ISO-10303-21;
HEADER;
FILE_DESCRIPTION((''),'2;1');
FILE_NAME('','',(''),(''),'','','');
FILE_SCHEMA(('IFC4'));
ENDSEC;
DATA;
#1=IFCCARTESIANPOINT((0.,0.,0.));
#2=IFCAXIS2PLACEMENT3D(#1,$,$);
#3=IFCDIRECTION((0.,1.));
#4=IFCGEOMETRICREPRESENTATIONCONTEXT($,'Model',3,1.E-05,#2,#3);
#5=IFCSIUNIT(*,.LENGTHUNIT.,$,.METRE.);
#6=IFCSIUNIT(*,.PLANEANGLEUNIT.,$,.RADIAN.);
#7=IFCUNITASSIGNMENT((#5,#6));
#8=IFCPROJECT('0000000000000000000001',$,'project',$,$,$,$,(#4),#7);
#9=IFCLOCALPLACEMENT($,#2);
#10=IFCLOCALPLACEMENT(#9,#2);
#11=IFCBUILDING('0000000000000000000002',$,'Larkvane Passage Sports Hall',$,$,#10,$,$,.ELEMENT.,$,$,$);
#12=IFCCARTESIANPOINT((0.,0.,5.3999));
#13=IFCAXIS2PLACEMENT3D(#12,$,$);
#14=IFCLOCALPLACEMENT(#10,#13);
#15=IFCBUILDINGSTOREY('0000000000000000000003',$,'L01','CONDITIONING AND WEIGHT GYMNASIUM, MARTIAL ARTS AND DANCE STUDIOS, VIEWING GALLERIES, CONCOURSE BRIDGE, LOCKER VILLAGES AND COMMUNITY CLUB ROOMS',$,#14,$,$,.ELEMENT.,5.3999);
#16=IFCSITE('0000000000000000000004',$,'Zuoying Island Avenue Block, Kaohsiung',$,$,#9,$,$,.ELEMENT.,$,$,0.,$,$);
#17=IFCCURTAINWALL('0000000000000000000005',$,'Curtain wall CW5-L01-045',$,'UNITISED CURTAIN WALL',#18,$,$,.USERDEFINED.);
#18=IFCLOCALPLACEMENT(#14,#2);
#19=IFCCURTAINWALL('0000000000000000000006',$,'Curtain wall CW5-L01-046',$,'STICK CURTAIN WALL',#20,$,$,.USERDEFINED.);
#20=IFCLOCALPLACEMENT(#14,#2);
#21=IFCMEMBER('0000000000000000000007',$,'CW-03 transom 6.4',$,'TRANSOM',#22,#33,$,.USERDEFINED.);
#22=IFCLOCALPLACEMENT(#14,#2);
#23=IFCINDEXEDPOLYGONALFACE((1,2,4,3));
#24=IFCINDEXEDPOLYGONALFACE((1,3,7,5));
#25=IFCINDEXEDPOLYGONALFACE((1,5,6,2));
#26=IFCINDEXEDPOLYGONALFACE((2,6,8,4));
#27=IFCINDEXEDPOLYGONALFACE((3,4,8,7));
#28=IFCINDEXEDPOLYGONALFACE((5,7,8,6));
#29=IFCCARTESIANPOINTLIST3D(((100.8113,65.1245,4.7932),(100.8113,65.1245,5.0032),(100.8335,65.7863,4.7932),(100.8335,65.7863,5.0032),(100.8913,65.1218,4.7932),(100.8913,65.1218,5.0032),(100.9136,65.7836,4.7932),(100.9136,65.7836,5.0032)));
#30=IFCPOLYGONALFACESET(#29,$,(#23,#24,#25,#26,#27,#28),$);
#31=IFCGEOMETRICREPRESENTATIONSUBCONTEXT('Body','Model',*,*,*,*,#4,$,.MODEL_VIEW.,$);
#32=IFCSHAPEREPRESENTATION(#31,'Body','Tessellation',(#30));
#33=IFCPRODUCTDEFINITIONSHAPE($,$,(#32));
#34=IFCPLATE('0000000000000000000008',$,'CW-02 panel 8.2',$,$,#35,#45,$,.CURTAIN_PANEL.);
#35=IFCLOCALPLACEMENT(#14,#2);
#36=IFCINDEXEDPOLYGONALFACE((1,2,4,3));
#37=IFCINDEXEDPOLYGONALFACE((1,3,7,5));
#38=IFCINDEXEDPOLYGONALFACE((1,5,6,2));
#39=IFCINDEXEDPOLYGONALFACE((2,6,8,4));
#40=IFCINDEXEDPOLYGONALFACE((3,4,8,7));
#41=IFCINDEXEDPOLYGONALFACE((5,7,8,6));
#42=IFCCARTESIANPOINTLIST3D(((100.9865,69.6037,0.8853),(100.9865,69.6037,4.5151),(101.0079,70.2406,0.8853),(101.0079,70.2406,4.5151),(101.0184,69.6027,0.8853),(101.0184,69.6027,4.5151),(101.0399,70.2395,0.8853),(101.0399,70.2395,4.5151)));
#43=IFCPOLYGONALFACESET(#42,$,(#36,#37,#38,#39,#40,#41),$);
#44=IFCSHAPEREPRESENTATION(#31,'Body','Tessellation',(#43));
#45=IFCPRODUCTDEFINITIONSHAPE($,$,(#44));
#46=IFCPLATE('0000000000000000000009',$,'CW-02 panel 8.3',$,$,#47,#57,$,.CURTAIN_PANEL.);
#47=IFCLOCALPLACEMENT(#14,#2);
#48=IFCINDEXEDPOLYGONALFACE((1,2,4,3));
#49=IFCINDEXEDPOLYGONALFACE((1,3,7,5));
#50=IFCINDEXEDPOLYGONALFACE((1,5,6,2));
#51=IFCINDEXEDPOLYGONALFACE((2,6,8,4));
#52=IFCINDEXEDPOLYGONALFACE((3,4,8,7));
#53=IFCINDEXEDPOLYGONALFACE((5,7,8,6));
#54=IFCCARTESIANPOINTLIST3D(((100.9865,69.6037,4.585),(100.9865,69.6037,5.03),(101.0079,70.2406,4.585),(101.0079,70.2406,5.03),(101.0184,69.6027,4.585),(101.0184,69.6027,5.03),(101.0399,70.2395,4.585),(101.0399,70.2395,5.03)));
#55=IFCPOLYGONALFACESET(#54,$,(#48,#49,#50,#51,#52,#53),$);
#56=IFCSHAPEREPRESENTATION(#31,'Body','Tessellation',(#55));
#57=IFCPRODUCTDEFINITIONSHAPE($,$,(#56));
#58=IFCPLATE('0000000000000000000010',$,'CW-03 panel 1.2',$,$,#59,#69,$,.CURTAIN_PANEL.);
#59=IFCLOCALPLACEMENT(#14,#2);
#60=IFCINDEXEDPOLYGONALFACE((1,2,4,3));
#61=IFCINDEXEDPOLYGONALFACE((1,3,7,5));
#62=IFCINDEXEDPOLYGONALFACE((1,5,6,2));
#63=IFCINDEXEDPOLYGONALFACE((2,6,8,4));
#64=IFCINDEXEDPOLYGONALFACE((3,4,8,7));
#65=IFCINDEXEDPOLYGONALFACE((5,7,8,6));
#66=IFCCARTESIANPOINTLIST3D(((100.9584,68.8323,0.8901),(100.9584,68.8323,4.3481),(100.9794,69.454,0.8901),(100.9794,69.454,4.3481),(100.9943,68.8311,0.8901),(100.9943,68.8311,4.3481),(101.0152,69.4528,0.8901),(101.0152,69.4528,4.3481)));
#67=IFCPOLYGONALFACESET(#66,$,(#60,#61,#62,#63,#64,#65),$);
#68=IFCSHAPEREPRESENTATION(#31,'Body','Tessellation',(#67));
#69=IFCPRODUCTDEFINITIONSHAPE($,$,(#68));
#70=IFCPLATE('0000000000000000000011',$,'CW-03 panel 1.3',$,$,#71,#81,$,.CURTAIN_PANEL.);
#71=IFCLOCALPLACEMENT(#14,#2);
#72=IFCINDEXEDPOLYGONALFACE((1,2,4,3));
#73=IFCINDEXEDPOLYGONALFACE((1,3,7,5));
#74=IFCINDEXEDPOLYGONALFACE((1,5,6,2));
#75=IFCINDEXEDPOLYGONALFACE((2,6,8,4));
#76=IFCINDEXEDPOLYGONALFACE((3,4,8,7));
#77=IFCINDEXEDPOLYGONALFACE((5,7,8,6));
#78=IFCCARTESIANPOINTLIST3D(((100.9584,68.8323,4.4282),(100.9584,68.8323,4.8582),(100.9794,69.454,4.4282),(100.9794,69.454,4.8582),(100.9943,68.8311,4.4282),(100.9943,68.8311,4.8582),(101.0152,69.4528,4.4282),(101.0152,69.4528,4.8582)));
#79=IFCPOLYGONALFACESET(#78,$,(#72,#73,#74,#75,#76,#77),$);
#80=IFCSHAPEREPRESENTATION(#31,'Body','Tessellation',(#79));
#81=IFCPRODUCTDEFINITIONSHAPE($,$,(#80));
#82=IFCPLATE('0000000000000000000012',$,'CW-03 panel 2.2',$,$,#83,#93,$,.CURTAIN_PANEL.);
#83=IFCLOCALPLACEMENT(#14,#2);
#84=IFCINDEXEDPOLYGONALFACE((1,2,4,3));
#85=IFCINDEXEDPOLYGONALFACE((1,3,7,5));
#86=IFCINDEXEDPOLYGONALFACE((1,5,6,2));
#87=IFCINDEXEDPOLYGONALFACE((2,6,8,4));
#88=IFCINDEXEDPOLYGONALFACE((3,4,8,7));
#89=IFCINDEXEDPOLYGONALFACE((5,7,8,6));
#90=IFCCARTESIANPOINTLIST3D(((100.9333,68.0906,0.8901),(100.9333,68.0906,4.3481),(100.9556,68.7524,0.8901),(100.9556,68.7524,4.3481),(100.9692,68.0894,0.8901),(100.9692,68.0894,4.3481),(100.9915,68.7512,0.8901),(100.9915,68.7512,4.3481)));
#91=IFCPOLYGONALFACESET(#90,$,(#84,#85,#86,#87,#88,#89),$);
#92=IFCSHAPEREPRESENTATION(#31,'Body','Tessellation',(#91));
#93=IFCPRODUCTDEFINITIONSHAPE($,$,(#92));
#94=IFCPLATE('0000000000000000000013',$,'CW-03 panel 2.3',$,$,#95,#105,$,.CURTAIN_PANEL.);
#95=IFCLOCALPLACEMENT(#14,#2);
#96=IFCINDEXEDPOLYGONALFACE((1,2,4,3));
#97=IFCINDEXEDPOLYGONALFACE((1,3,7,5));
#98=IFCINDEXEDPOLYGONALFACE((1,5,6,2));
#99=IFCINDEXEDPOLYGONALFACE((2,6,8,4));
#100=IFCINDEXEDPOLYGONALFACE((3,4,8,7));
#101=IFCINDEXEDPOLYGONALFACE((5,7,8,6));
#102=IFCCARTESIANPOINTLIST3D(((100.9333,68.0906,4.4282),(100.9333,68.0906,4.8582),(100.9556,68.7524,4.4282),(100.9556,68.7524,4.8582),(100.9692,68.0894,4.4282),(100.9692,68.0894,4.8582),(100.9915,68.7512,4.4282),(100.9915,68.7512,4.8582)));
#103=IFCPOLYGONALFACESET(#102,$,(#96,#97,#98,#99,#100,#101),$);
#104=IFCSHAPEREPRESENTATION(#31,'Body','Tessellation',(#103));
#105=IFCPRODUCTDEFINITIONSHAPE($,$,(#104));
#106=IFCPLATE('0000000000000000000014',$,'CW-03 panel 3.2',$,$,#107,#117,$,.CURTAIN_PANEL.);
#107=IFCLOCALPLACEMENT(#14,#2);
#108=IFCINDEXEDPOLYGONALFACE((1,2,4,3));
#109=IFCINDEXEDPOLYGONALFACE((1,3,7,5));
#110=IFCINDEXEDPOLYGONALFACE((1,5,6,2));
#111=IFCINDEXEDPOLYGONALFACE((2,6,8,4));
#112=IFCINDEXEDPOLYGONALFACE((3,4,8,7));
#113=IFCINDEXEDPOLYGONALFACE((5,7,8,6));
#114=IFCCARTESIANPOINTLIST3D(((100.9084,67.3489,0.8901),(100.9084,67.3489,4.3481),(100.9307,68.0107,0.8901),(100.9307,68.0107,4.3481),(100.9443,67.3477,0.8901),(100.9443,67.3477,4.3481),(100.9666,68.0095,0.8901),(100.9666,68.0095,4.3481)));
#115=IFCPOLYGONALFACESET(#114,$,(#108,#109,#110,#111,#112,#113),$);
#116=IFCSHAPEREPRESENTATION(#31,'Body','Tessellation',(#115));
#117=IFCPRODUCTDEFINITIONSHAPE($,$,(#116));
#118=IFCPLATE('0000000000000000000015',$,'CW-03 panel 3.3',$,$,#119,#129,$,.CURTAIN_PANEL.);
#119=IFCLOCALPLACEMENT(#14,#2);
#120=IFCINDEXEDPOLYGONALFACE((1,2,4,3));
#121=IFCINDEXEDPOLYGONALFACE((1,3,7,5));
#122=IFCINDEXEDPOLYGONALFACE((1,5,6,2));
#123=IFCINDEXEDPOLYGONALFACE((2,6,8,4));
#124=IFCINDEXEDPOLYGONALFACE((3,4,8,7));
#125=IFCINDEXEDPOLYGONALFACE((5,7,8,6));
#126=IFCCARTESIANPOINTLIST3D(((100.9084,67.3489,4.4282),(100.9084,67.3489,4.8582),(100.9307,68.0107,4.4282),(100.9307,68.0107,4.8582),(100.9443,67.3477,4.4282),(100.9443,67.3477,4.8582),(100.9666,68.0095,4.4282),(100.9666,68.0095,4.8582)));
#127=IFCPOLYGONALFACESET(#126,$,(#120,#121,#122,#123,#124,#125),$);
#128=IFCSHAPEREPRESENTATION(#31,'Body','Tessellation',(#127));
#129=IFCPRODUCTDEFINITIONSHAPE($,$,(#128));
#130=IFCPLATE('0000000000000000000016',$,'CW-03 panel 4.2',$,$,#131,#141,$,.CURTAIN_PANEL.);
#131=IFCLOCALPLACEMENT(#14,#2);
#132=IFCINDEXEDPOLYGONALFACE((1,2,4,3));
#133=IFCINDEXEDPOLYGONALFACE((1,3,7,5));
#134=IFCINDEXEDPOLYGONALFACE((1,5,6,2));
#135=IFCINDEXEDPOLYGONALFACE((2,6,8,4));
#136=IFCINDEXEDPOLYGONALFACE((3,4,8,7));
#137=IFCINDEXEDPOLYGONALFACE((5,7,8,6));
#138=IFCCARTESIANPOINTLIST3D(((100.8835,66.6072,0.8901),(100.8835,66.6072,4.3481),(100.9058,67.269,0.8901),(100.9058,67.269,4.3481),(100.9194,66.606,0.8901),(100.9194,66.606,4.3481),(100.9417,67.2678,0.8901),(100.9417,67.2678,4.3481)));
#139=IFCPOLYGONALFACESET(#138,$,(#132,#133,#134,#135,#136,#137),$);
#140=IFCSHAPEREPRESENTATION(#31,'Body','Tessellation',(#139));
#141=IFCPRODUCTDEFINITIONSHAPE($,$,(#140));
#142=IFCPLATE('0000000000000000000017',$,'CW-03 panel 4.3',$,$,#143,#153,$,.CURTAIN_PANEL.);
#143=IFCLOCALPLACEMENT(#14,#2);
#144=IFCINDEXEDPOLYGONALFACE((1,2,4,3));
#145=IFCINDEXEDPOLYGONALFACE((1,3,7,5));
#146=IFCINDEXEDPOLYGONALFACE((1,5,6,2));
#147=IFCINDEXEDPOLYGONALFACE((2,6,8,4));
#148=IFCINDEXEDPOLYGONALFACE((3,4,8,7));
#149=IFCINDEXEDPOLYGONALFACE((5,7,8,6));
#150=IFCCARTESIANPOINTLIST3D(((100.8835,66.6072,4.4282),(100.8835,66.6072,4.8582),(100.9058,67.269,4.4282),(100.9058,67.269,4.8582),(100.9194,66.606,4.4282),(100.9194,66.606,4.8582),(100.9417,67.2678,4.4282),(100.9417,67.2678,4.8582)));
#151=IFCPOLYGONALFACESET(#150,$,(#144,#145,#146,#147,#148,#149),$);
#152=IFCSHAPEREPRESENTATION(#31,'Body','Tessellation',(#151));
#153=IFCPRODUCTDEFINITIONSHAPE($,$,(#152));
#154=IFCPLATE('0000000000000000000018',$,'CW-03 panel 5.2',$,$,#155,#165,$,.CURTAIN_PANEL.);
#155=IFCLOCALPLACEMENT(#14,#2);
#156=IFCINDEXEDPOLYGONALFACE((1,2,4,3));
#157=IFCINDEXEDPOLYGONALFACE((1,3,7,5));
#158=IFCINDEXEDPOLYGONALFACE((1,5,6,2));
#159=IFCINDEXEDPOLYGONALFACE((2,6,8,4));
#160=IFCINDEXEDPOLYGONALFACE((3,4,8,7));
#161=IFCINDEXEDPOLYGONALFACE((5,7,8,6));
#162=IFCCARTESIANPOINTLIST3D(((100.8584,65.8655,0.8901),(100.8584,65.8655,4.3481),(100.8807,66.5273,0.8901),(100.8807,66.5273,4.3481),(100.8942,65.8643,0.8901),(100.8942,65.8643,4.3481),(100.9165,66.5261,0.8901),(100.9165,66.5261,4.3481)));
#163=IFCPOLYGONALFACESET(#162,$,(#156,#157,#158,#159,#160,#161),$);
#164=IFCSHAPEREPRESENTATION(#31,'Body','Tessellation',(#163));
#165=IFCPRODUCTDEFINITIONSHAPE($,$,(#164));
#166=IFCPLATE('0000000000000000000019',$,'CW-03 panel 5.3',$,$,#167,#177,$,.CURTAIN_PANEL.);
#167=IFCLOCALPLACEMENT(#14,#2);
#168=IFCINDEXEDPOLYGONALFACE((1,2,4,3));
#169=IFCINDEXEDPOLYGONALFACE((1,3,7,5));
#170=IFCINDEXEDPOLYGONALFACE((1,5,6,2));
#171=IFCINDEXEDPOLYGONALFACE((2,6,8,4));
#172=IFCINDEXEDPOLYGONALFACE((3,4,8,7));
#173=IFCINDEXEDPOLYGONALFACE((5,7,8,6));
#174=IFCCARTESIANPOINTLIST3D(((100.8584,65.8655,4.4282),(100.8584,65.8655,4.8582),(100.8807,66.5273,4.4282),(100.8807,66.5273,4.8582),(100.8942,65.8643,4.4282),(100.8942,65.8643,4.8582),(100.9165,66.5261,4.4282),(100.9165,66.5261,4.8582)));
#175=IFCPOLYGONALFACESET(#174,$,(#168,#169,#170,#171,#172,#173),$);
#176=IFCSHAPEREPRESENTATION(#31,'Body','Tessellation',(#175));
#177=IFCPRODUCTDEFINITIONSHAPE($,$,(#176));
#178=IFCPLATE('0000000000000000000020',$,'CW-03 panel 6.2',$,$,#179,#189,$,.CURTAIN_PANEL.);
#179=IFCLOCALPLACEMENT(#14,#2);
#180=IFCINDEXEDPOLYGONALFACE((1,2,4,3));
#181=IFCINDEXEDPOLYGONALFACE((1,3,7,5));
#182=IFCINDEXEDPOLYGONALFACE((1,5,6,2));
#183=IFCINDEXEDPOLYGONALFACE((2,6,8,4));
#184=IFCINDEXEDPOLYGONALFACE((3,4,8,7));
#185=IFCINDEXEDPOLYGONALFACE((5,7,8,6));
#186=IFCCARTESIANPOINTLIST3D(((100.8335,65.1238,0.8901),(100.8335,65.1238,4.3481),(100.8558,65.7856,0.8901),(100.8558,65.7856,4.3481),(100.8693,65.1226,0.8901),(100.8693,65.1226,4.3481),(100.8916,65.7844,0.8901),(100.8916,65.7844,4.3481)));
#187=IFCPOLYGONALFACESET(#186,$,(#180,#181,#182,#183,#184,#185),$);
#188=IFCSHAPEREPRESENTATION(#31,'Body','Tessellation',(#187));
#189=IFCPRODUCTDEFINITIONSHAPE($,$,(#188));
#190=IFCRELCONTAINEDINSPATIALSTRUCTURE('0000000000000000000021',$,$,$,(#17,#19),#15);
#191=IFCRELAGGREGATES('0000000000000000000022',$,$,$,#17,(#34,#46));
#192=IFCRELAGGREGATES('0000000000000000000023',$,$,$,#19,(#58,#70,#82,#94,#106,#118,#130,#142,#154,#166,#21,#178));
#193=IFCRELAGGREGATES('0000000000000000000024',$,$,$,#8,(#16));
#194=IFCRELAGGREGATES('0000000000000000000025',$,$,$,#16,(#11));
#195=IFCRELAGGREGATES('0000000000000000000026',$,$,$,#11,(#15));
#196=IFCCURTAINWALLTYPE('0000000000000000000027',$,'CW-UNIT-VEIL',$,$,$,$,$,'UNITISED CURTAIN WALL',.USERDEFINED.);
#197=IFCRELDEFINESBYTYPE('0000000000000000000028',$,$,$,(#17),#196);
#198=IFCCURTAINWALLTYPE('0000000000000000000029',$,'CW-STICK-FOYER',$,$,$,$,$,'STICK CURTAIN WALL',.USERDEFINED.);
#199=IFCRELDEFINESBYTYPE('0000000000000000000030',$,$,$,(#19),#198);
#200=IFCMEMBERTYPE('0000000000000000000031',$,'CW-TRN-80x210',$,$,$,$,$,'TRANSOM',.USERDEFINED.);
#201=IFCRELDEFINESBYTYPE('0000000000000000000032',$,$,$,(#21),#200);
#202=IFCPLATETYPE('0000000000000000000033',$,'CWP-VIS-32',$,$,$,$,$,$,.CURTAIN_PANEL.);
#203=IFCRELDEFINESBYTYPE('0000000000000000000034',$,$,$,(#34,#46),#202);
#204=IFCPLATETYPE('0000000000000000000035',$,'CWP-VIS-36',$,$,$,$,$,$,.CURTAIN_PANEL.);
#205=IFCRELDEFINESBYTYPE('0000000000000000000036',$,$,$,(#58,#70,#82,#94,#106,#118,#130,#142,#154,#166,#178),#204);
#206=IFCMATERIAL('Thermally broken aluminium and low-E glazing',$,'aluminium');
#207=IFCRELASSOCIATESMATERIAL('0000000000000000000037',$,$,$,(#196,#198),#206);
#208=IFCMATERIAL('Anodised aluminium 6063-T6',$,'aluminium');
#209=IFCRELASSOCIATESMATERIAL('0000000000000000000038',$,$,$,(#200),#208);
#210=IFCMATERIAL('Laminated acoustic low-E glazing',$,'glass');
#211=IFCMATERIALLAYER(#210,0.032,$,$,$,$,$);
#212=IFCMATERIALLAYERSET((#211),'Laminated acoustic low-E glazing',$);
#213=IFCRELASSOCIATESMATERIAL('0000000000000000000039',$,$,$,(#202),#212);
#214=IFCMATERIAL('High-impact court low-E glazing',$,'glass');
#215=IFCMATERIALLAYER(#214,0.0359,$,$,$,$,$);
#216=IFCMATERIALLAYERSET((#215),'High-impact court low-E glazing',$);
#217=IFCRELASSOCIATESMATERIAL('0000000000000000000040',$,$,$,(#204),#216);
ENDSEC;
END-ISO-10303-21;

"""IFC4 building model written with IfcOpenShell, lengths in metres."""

from ifc_helpers import new_model, si_unit, direction, frame, origin, origin_2d, place, context, subcontext, project, spatial, rectangle, extrude, material, layer, layer_set, material_profile, profile_set, type_object, element, aggregate, save


model = new_model("IFC4")

# Units and contexts
model_context = context("Model", 3, precision=1e-05, world=origin(), true_north=direction((0.0, 1.0)))
body_context = subcontext(model_context, "Body", "Model", "MODEL_VIEW")
ifc_project = project(units=[si_unit("LENGTHUNIT", "METRE"), si_unit("PLANEANGLEUNIT", "RADIAN")], contexts=[model_context])

# Site, building, storey
site_placement = place(None, origin())
site = spatial("IfcSite", under=ifc_project, at=site_placement, Name="Zuoying Island Avenue Block, Kaohsiung", CompositionType="ELEMENT", RefElevation=0.0)
building_placement = place(site_placement, origin())
building = spatial("IfcBuilding", under=site, at=building_placement, Name="Larkvane Passage Sports Hall", CompositionType="ELEMENT")
storey_placement = place(building_placement, frame((0.0, 0.0, 5.3999)))
storey = spatial("IfcBuildingStorey", under=building, at=storey_placement, Name="L01", Description="CONDITIONING AND WEIGHT GYMNASIUM, MARTIAL ARTS AND DANCE STUDIOS, VIEWING GALLERIES, CONCOURSE BRIDGE, LOCKER VILLAGES AND COMMUNITY CLUB ROOMS", CompositionType="ELEMENT", Elevation=5.3999)

# Curtain walls, member
ifc_material_1 = material(Name="Thermally broken aluminium and low-E glazing", Category="aluminium")
curtain_wall_type_1 = type_object("IfcCurtainWallType", Name="CW-UNIT-VEIL", ElementType="UNITISED CURTAIN WALL", PredefinedType="USERDEFINED", material=ifc_material_1)
curtain_wall_1_placement = place(storey_placement, origin())
curtain_wall_1 = element("IfcCurtainWall", 1, at=curtain_wall_1_placement, inside=storey, type_object=curtain_wall_type_1, Name="Curtain wall CW5-L01-045", ObjectType="UNITISED CURTAIN WALL", PredefinedType="USERDEFINED")
ifc_material_2 = material(Name="Anodised aluminium 6063-T6", Category="aluminium")
curtain_wall_type_2 = type_object("IfcCurtainWallType", Name="CW-STICK-FOYER", ElementType="STICK CURTAIN WALL", PredefinedType="USERDEFINED", material=ifc_material_1)
curtain_wall_2_placement = place(storey_placement, origin())
curtain_wall_2 = element("IfcCurtainWall", 2, at=curtain_wall_2_placement, inside=storey, type_object=curtain_wall_type_2, Name="Curtain wall CW5-L01-046", ObjectType="STICK CURTAIN WALL", PredefinedType="USERDEFINED")
ifc_material_profile_1 = material_profile(ifc_material_2, rectangle(XDim=0.0801, YDim=0.21, at=origin_2d()), Name="ALU-TRN-80x210")
ifc_profile_set_1 = profile_set([ifc_material_profile_1], Name="Anodised aluminium 6063-T6")
member_type_1 = type_object("IfcMemberType", Name="CW-TRN-80x210", ElementType="TRANSOM", PredefinedType="USERDEFINED", material=ifc_profile_set_1)
member_1_placement = place(storey_placement, frame((100.8735, 65.7849, 4.8982), z_axis=(-0.03356, -0.999437, 0.0), x_axis=(0.999437, -0.03356, 0.0)))
member_1 = element("IfcMember", 3, at=member_1_placement, type_object=member_type_1, Name="CW-03 transom 6.4", ObjectType="TRANSOM", PredefinedType="USERDEFINED", context=body_context, shape_type="SweptSolid", body=[
    extrude(rectangle(XDim=0.0801, YDim=0.21, at=origin_2d()), origin(), (0.0, 0.0, 1.0), 0.6621),
])

# Plates
ifc_material_3 = material(Name="Laminated acoustic low-E glazing", Category="glass")
ifc_layer_1 = layer(ifc_material_3, 0.032)
ifc_layer_set_1 = layer_set([ifc_layer_1], Name="Laminated acoustic low-E glazing")
plate_type_1 = type_object("IfcPlateType", Name="CWP-VIS-32", PredefinedType="CURTAIN_PANEL", material=ifc_layer_set_1)
plate_1_placement = place(storey_placement, frame((101.0132, 69.9216, 0.8853), z_axis=(0.0, 0.0, 1.0), x_axis=(-0.033688, -0.999432, 0.0)))
plate_1 = element("IfcPlate", 4, at=plate_1_placement, type_object=plate_type_1, Name="CW-02 panel 8.2", PredefinedType="CURTAIN_PANEL", context=body_context, shape_type="SweptSolid", body=[
    extrude(rectangle(XDim=0.6372, YDim=0.032, at=origin_2d()), origin(), (0.0, 0.0, 1.0), 3.6299),
])
plate_2_placement = place(storey_placement, frame((101.0132, 69.9216, 4.585), z_axis=(0.0, 0.0, 1.0), x_axis=(-0.033688, -0.999432, 0.0)))
plate_2 = element("IfcPlate", 5, at=plate_2_placement, type_object=plate_type_1, Name="CW-02 panel 8.3", PredefinedType="CURTAIN_PANEL", context=body_context, shape_type="SweptSolid", body=[
    extrude(rectangle(XDim=0.6372, YDim=0.032, at=origin_2d()), origin(), (0.0, 0.0, 1.0), 0.4451),
])
aggregate(curtain_wall_1, [plate_1, plate_2])
ifc_material_4 = material(Name="High-impact court low-E glazing", Category="glass")
ifc_layer_2 = layer(ifc_material_4, 0.0359)
ifc_layer_set_2 = layer_set([ifc_layer_2], Name="High-impact court low-E glazing")
plate_type_2 = type_object("IfcPlateType", Name="CWP-VIS-36", PredefinedType="CURTAIN_PANEL", material=ifc_layer_set_2)
plate_3_placement = place(storey_placement, frame((100.9868, 69.1426, 0.8901), z_axis=(0.0, 0.0, 1.0), x_axis=(-0.033689, -0.999432, 0.0)))
plate_3 = element("IfcPlate", 6, at=plate_3_placement, type_object=plate_type_2, Name="CW-03 panel 1.2", PredefinedType="CURTAIN_PANEL", context=body_context, shape_type="SweptSolid", body=[
    extrude(rectangle(XDim=0.6221, YDim=0.0359, at=origin_2d()), origin(), (0.0, 0.0, 1.0), 3.458),
])
plate_4_placement = place(storey_placement, frame((100.9868, 69.1426, 4.4282), z_axis=(0.0, 0.0, 1.0), x_axis=(-0.033689, -0.999432, 0.0)))
plate_4 = element("IfcPlate", 7, at=plate_4_placement, type_object=plate_type_2, Name="CW-03 panel 1.3", PredefinedType="CURTAIN_PANEL", context=body_context, shape_type="SweptSolid", body=[
    extrude(rectangle(XDim=0.6221, YDim=0.0359, at=origin_2d()), origin(), (0.0, 0.0, 1.0), 0.4299),
])
plate_5_placement = place(storey_placement, frame((100.9624, 68.4209, 0.8901), z_axis=(0.0, 0.0, 1.0), x_axis=(-0.033689, -0.999432, 0.0)))
plate_5 = element("IfcPlate", 8, at=plate_5_placement, type_object=plate_type_2, Name="CW-03 panel 2.2", PredefinedType="CURTAIN_PANEL", context=body_context, shape_type="SweptSolid", body=[
    extrude(rectangle(XDim=0.6621, YDim=0.0359, at=origin_2d()), origin(), (0.0, 0.0, 1.0), 3.458),
])
plate_6_placement = place(storey_placement, frame((100.9624, 68.4209, 4.4282), z_axis=(0.0, 0.0, 1.0), x_axis=(-0.033689, -0.999432, 0.0)))
plate_6 = element("IfcPlate", 9, at=plate_6_placement, type_object=plate_type_2, Name="CW-03 panel 2.3", PredefinedType="CURTAIN_PANEL", context=body_context, shape_type="SweptSolid", body=[
    extrude(rectangle(XDim=0.6621, YDim=0.0359, at=origin_2d()), origin(), (0.0, 0.0, 1.0), 0.4299),
])
plate_7_placement = place(storey_placement, frame((100.9375, 67.6792, 0.8901), z_axis=(0.0, 0.0, 1.0), x_axis=(-0.033689, -0.999432, 0.0)))
plate_7 = element("IfcPlate", 10, at=plate_7_placement, type_object=plate_type_2, Name="CW-03 panel 3.2", PredefinedType="CURTAIN_PANEL", context=body_context, shape_type="SweptSolid", body=[
    extrude(rectangle(XDim=0.6621, YDim=0.0359, at=origin_2d()), origin(), (0.0, 0.0, 1.0), 3.458),
])
plate_8_placement = place(storey_placement, frame((100.9375, 67.6792, 4.4282), z_axis=(0.0, 0.0, 1.0), x_axis=(-0.033689, -0.999432, 0.0)))
plate_8 = element("IfcPlate", 11, at=plate_8_placement, type_object=plate_type_2, Name="CW-03 panel 3.3", PredefinedType="CURTAIN_PANEL", context=body_context, shape_type="SweptSolid", body=[
    extrude(rectangle(XDim=0.6621, YDim=0.0359, at=origin_2d()), origin(), (0.0, 0.0, 1.0), 0.4299),
])
plate_9_placement = place(storey_placement, frame((100.9126, 66.9375, 0.8901), z_axis=(0.0, 0.0, 1.0), x_axis=(-0.033689, -0.999432, 0.0)))
plate_9 = element("IfcPlate", 12, at=plate_9_placement, type_object=plate_type_2, Name="CW-03 panel 4.2", PredefinedType="CURTAIN_PANEL", context=body_context, shape_type="SweptSolid", body=[
    extrude(rectangle(XDim=0.6621, YDim=0.0359, at=origin_2d()), origin(), (0.0, 0.0, 1.0), 3.458),
])
plate_10_placement = place(storey_placement, frame((100.9126, 66.9375, 4.4282), z_axis=(0.0, 0.0, 1.0), x_axis=(-0.033689, -0.999432, 0.0)))
plate_10 = element("IfcPlate", 13, at=plate_10_placement, type_object=plate_type_2, Name="CW-03 panel 4.3", PredefinedType="CURTAIN_PANEL", context=body_context, shape_type="SweptSolid", body=[
    extrude(rectangle(XDim=0.6621, YDim=0.0359, at=origin_2d()), origin(), (0.0, 0.0, 1.0), 0.4299),
])
plate_11_placement = place(storey_placement, frame((100.8875, 66.1958, 0.8901), z_axis=(0.0, 0.0, 1.0), x_axis=(-0.033689, -0.999432, 0.0)))
plate_11 = element("IfcPlate", 14, at=plate_11_placement, type_object=plate_type_2, Name="CW-03 panel 5.2", PredefinedType="CURTAIN_PANEL", context=body_context, shape_type="SweptSolid", body=[
    extrude(rectangle(XDim=0.6621, YDim=0.0359, at=origin_2d()), origin(), (0.0, 0.0, 1.0), 3.458),
])
plate_12_placement = place(storey_placement, frame((100.8875, 66.1958, 4.4282), z_axis=(0.0, 0.0, 1.0), x_axis=(-0.033689, -0.999432, 0.0)))
plate_12 = element("IfcPlate", 15, at=plate_12_placement, type_object=plate_type_2, Name="CW-03 panel 5.3", PredefinedType="CURTAIN_PANEL", context=body_context, shape_type="SweptSolid", body=[
    extrude(rectangle(XDim=0.6621, YDim=0.0359, at=origin_2d()), origin(), (0.0, 0.0, 1.0), 0.4299),
])
plate_13_placement = place(storey_placement, frame((100.8625, 65.4541, 0.8901), z_axis=(0.0, 0.0, 1.0), x_axis=(-0.033689, -0.999432, 0.0)))
plate_13 = element("IfcPlate", 16, at=plate_13_placement, type_object=plate_type_2, Name="CW-03 panel 6.2", PredefinedType="CURTAIN_PANEL", context=body_context, shape_type="SweptSolid", body=[
    extrude(rectangle(XDim=0.6621, YDim=0.0359, at=origin_2d()), origin(), (0.0, 0.0, 1.0), 3.458),
])
aggregate(curtain_wall_2, [plate_3, plate_4, plate_5, plate_6, plate_7, plate_8, plate_9, plate_10, plate_11, plate_12, member_1, plate_13])

save(model, "model.ifc")
